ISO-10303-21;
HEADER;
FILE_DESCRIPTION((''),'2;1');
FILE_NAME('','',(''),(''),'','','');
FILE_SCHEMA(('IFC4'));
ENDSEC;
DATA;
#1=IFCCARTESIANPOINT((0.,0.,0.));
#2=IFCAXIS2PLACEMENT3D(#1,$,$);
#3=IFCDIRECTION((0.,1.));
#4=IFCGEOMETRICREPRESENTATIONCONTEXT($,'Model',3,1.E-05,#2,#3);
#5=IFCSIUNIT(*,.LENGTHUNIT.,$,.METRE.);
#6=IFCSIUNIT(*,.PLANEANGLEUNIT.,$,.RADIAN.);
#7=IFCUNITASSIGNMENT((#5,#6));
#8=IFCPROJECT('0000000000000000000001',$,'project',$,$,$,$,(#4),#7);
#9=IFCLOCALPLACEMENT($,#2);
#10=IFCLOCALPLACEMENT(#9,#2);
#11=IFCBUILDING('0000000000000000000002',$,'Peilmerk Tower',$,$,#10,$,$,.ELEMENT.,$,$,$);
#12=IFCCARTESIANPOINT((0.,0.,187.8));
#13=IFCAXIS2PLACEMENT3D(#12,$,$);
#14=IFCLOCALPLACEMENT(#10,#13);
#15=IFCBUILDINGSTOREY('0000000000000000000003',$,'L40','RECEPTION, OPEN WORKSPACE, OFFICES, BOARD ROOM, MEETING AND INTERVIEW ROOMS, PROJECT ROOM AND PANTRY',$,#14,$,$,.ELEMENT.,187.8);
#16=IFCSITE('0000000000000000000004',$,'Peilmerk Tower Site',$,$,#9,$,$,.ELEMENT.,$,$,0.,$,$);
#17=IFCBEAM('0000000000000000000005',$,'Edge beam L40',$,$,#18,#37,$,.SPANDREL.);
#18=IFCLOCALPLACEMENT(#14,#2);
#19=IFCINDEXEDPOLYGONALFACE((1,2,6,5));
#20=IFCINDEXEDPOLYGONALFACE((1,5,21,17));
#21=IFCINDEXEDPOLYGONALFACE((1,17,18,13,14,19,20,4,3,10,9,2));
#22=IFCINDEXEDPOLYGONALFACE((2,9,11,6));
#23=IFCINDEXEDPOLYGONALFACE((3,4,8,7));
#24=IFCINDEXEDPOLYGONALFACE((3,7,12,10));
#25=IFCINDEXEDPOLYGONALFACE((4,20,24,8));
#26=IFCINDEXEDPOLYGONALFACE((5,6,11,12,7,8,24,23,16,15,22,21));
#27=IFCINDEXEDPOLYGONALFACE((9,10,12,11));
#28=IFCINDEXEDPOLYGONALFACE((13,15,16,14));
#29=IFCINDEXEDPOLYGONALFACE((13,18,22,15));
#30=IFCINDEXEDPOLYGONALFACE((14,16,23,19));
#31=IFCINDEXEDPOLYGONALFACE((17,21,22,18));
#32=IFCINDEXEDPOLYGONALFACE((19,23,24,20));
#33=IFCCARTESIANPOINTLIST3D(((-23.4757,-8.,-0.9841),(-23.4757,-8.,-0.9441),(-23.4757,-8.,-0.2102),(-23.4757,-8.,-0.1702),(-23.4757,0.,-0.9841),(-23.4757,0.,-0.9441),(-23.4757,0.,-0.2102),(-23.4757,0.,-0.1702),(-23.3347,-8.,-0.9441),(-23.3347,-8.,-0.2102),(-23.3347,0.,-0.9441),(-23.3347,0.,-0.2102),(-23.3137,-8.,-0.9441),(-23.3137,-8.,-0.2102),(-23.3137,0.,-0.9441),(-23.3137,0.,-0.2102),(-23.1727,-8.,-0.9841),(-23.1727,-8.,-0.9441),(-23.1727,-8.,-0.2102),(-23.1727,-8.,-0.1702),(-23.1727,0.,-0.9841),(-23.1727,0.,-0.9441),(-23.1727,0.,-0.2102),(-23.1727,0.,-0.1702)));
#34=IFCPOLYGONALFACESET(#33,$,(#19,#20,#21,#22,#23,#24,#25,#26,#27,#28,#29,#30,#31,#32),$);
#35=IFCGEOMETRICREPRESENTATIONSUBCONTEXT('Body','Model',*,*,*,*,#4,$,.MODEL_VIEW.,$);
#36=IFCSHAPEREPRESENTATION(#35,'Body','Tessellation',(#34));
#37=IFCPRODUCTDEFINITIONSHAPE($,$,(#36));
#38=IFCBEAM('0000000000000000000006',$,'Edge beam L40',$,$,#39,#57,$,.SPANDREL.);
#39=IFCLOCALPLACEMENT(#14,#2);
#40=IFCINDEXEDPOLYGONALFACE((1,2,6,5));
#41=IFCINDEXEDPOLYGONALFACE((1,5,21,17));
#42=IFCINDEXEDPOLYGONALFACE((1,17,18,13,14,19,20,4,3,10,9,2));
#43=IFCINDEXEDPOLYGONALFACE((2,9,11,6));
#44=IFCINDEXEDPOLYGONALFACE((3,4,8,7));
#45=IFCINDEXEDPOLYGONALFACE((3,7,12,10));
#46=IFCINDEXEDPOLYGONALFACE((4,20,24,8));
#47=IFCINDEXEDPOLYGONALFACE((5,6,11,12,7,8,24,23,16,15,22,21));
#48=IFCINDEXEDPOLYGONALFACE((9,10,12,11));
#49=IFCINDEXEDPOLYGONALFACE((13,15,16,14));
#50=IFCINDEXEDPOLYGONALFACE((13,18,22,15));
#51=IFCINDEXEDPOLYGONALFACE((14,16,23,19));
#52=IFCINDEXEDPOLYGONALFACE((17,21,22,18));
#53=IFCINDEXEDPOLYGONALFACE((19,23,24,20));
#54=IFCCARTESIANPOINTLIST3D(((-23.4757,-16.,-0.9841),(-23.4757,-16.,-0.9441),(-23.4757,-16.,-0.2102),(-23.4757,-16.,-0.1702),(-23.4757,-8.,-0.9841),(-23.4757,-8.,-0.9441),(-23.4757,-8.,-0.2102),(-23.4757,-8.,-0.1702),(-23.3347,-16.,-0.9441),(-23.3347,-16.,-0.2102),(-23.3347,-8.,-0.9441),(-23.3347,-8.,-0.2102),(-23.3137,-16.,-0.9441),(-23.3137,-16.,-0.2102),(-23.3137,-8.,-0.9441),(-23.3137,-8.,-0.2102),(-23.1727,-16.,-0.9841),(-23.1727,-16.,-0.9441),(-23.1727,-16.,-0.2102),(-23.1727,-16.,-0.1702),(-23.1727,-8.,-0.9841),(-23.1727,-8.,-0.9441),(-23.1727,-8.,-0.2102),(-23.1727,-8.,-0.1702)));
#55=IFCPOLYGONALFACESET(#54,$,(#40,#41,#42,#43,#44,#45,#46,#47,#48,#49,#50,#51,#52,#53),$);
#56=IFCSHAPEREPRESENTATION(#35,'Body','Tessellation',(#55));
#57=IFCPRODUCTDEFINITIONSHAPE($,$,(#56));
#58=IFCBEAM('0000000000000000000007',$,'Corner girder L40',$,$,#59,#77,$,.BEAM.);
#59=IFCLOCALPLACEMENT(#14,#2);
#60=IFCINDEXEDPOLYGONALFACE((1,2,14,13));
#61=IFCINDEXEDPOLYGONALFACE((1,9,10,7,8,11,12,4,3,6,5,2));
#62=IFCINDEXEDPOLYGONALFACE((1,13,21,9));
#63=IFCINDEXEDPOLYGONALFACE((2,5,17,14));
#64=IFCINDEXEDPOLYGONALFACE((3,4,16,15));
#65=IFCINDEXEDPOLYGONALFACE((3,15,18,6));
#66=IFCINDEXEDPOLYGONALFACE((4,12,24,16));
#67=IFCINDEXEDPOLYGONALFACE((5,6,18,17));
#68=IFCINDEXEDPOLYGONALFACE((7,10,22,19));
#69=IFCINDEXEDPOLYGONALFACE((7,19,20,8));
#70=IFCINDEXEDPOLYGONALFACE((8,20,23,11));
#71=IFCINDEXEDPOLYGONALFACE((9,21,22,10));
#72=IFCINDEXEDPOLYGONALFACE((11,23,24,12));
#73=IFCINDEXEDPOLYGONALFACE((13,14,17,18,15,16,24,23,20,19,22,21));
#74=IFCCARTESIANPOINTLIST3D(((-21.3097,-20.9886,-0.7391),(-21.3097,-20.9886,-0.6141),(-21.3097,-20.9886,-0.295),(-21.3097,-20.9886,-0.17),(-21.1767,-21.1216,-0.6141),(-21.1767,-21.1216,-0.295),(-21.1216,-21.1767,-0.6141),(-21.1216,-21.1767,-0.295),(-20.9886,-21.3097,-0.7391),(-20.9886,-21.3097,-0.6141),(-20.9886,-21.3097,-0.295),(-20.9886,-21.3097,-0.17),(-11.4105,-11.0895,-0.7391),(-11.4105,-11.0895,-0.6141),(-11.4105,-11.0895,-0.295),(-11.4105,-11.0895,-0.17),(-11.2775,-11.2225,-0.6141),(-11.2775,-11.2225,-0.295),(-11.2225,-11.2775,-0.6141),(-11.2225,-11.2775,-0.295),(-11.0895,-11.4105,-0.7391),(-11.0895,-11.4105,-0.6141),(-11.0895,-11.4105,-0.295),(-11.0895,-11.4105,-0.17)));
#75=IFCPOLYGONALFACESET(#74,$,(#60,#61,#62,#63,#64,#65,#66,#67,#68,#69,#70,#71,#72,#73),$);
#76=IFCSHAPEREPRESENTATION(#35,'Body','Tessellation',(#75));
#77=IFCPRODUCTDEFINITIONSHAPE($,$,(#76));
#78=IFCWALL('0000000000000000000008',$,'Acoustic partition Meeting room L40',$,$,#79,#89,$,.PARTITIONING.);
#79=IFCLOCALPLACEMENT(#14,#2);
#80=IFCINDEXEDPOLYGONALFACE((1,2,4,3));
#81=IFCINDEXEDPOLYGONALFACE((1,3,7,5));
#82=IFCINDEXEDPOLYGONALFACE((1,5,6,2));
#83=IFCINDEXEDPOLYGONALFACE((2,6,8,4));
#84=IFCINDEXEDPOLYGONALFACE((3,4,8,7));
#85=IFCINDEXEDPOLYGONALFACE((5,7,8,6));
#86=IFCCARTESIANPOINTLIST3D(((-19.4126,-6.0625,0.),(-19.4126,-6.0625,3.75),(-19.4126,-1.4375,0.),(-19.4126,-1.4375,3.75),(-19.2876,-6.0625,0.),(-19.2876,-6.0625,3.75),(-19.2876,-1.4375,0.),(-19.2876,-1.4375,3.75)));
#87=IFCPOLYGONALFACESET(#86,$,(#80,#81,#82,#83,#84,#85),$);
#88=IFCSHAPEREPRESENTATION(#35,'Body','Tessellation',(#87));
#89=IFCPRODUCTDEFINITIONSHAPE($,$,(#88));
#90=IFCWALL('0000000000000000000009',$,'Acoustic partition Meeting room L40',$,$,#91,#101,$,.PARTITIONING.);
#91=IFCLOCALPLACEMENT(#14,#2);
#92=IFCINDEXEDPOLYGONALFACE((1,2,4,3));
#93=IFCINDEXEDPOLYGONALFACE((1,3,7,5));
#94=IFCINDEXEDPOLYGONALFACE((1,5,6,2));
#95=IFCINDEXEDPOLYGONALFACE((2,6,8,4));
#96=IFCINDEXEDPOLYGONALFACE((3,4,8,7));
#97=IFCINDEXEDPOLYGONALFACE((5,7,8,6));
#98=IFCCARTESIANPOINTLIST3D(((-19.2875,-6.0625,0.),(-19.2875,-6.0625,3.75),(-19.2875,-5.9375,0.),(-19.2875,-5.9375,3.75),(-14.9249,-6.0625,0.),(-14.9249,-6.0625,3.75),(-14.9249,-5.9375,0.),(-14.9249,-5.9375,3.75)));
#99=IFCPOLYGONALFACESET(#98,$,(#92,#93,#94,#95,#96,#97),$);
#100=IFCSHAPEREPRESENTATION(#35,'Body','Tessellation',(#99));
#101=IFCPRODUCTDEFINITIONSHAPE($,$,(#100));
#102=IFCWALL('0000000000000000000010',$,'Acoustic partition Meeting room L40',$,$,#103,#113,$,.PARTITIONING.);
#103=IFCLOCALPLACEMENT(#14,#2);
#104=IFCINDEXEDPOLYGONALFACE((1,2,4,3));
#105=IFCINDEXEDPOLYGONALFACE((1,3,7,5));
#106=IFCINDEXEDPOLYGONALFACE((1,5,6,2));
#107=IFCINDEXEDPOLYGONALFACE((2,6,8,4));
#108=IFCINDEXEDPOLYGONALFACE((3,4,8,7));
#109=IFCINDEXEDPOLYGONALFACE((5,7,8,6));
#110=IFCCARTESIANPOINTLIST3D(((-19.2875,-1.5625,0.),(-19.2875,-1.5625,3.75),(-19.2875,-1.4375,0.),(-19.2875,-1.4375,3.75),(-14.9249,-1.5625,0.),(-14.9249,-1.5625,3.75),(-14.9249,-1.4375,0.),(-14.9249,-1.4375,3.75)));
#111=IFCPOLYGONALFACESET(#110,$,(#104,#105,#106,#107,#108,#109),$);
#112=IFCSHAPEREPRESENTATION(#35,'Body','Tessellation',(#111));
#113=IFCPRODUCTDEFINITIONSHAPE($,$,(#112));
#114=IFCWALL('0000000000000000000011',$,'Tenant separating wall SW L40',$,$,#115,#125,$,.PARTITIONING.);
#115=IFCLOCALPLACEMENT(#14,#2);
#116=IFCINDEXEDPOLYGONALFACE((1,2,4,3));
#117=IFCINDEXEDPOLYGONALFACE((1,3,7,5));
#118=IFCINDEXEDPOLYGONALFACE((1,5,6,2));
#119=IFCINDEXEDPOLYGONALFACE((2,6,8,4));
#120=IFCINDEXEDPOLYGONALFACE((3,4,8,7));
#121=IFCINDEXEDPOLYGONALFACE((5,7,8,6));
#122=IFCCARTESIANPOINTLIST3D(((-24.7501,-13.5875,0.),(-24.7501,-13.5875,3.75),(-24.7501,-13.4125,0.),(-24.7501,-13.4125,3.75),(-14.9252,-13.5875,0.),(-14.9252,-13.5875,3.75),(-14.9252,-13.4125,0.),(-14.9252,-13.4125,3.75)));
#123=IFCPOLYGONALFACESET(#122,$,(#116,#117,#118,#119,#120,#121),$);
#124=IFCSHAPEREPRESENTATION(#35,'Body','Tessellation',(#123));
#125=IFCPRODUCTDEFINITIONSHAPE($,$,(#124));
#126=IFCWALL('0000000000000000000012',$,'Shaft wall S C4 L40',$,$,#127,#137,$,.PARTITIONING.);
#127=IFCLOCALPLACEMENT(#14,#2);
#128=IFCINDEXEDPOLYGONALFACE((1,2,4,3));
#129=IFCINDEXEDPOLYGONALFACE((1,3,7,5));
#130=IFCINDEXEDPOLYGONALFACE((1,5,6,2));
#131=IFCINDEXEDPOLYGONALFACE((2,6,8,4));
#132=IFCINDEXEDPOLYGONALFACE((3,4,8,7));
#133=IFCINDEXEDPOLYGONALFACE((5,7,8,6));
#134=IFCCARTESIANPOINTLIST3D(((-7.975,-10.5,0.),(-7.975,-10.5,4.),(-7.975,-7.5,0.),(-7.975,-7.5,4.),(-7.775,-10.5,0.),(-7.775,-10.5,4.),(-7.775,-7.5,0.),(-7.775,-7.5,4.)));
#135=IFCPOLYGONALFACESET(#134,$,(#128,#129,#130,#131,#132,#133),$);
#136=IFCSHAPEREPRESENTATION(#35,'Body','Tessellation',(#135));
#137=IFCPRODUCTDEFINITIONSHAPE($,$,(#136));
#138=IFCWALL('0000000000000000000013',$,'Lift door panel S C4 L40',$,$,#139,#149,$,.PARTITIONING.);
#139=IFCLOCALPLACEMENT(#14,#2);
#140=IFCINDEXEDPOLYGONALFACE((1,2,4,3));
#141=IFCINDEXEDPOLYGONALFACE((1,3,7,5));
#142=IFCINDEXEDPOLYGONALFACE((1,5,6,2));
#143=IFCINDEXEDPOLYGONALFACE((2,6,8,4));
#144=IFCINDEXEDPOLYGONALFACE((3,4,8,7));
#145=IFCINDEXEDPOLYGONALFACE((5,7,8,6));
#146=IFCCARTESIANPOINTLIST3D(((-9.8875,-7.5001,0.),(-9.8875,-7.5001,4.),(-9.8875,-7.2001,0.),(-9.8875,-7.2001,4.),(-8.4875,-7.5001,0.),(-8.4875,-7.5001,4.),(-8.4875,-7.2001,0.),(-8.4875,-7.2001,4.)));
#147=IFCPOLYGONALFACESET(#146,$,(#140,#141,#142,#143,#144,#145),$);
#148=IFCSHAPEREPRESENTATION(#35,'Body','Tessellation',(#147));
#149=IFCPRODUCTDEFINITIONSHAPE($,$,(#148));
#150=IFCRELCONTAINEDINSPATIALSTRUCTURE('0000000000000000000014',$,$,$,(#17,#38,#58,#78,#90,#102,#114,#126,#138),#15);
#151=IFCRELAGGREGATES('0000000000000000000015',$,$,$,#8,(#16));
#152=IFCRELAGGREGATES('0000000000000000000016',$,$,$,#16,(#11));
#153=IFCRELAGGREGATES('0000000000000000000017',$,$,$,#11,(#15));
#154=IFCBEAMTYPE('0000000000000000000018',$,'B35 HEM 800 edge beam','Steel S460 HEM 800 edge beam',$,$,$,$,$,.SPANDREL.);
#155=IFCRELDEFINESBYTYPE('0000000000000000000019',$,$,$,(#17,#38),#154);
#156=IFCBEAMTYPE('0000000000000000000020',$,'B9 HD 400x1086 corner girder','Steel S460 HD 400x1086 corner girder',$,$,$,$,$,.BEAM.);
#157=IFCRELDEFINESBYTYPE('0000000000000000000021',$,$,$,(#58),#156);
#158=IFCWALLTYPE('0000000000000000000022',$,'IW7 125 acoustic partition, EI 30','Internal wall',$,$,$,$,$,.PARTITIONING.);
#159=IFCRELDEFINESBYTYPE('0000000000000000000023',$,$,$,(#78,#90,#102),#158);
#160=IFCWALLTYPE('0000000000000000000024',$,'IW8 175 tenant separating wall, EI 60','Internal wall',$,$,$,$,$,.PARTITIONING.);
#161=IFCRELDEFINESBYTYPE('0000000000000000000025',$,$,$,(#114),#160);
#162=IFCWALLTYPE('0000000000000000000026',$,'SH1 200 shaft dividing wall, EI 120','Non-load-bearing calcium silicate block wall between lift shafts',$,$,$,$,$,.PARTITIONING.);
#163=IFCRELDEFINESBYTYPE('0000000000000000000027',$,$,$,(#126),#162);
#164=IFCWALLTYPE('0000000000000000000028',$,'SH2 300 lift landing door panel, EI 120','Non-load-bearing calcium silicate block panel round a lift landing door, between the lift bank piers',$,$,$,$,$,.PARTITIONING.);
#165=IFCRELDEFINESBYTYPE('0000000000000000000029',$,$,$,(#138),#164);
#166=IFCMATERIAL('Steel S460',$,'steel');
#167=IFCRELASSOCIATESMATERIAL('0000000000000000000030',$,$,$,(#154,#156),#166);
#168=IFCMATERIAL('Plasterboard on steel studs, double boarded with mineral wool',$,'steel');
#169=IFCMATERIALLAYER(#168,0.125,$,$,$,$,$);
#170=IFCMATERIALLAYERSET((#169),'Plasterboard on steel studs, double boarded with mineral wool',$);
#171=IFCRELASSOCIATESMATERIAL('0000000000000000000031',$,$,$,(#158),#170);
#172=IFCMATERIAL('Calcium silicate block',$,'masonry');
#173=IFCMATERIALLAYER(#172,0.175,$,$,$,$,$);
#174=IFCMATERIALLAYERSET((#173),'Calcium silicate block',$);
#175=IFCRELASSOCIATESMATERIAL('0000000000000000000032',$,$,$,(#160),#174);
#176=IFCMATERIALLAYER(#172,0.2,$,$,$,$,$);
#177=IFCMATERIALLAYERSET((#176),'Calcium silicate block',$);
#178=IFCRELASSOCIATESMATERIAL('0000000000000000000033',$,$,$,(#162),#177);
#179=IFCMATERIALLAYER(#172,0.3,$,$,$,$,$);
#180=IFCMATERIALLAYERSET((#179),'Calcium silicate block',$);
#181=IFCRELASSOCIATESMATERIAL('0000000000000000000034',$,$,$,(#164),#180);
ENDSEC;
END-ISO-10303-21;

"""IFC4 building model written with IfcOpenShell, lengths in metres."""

from ifc_helpers import new_model, si_unit, direction, frame, frame_2d, origin, origin_2d, place, context, subcontext, project, spatial, rectangle, i_section, extrude, material, layer, layer_set, material_profile, profile_set, type_object, element, save


model = new_model("IFC4")

# Units and contexts
model_context = context("Model", 3, precision=1e-05, world=origin(), true_north=direction((0.0, 1.0)))
body_context = subcontext(model_context, "Body", "Model", "MODEL_VIEW")
ifc_project = project(units=[si_unit("LENGTHUNIT", "METRE"), si_unit("PLANEANGLEUNIT", "RADIAN")], contexts=[model_context])

# Site, building, storey
site_placement = place(None, origin())
site = spatial("IfcSite", under=ifc_project, at=site_placement, Name="Peilmerk Tower Site", CompositionType="ELEMENT", RefElevation=0.0)
building_placement = place(site_placement, origin())
building = spatial("IfcBuilding", under=site, at=building_placement, Name="Peilmerk Tower", CompositionType="ELEMENT")
storey_placement = place(building_placement, frame((0.0, 0.0, 187.8)))
storey = spatial("IfcBuildingStorey", under=building, at=storey_placement, Name="L40", Description="RECEPTION, OPEN WORKSPACE, OFFICES, BOARD ROOM, MEETING AND INTERVIEW ROOMS, PROJECT ROOM AND PANTRY", CompositionType="ELEMENT", Elevation=187.8)

# Shared definitions
ifc_material_1 = material(Name="Steel S460", Category="steel")

# Beams
ifc_material_profile_1 = material_profile(ifc_material_1, i_section(OverallWidth=0.303, OverallDepth=0.814, WebThickness=0.021, FlangeThickness=0.04, at=origin_2d()), Name="HEM 800")
ifc_profile_set_1 = profile_set([ifc_material_profile_1], Name="Steel S460")
beam_type_1 = type_object("IfcBeamType", Name="B35 HEM 800 edge beam", Description="Steel S460 HEM 800 edge beam", PredefinedType="SPANDREL", material=ifc_profile_set_1)
for number, where, z_axis, x_axis, name in (
    (1, (-23.3242, 0.0, -0.5771), (0.0, -1.0, 0.0), (1.0, 0.0, 0.0), "Edge beam L40"),
    (2, (-23.3242, -8.0, -0.5771), (0.0, -1.0, 0.0), (1.0, 0.0, 0.0), "Edge beam L40"),
):
    element("IfcBeam", number, at=place(storey_placement, frame(where, z_axis=z_axis, x_axis=x_axis)), inside=storey, type_object=beam_type_1, Name=name, PredefinedType="SPANDREL", context=body_context, shape_type="SweptSolid", body=[
        extrude(i_section(OverallWidth=0.303, OverallDepth=0.814, WebThickness=0.021, FlangeThickness=0.04, at=origin_2d()), origin(), (0.0, 0.0, 1.0), 8.0),
    ])
ifc_material_profile_2 = material_profile(ifc_material_1, i_section(OverallWidth=0.4541, OverallDepth=0.5691, WebThickness=0.0779, FlangeThickness=0.125, at=origin_2d()), Name="HD 400x1086")
ifc_profile_set_2 = profile_set([ifc_material_profile_2], Name="Steel S460")
beam_type_2 = type_object("IfcBeamType", Name="B9 HD 400x1086 corner girder", Description="Steel S460 HD 400x1086 corner girder", PredefinedType="BEAM", material=ifc_profile_set_2)
beam_placement = place(storey_placement, frame((-11.25, -11.25, -0.4546), z_axis=(-0.707107, -0.707107, 0.0), x_axis=(0.707107, -0.707107, 0.0)))
element("IfcBeam", 3, at=beam_placement, inside=storey, type_object=beam_type_2, Name="Corner girder L40", PredefinedType="BEAM", context=body_context, shape_type="SweptSolid", body=[
    extrude(i_section(OverallWidth=0.4541, OverallDepth=0.5691, WebThickness=0.0779, FlangeThickness=0.125, at=origin_2d()), origin(), (0.0, 0.0, 1.0), 13.9995),
])

# Walls
ifc_material_2 = material(Name="Plasterboard on steel studs, double boarded with mineral wool", Category="steel")
ifc_layer_1 = layer(ifc_material_2, 0.125)
ifc_layer_set_1 = layer_set([ifc_layer_1], Name="Plasterboard on steel studs, double boarded with mineral wool")
wall_type_1 = type_object("IfcWallType", Name="IW7 125 acoustic partition, EI 30", Description="Internal wall", PredefinedType="PARTITIONING", material=ifc_layer_set_1)
wall_1_placement = place(storey_placement, frame((-19.3501, -6.0625, 0.0), z_axis=(0.0, 0.0, 1.0), x_axis=(0.0, 1.0, 0.0)))
element("IfcWall", 4, at=wall_1_placement, inside=storey, type_object=wall_type_1, Name="Acoustic partition Meeting room L40", PredefinedType="PARTITIONING", context=body_context, shape_type="SweptSolid", body=[
    extrude(rectangle(XDim=4.625, YDim=0.125, at=frame_2d((2.3125, 0.0))), origin(), (0.0, 0.0, 1.0), 3.75),
])
for number, where, z_axis, x_axis, name in (
    (5, (-14.925, -6.0, 0.0), (0.0, 0.0, 1.0), (-1.0, 0.0, 0.0), "Acoustic partition Meeting room L40"),
    (6, (-14.925, -1.5, 0.0), (0.0, 0.0, 1.0), (-1.0, 0.0, 0.0), "Acoustic partition Meeting room L40"),
):
    element("IfcWall", number, at=place(storey_placement, frame(where, z_axis=z_axis, x_axis=x_axis)), inside=storey, type_object=wall_type_1, Name=name, PredefinedType="PARTITIONING", context=body_context, shape_type="SweptSolid", body=[
        extrude(rectangle(XDim=4.3625, YDim=0.125, at=frame_2d((2.1812, 0.0))), origin(), (0.0, 0.0, 1.0), 3.75),
    ])
ifc_material_3 = material(Name="Calcium silicate block", Category="masonry")
ifc_layer_2 = layer(ifc_material_3, 0.175)
ifc_layer_set_2 = layer_set([ifc_layer_2], Name="Calcium silicate block")
wall_type_2 = type_object("IfcWallType", Name="IW8 175 tenant separating wall, EI 60", Description="Internal wall", PredefinedType="PARTITIONING", material=ifc_layer_set_2)
wall_2_placement = place(storey_placement, frame((-14.925, -13.5, 0.0), z_axis=(0.0, 0.0, 1.0), x_axis=(-1.0, 0.0, 0.0)))
element("IfcWall", 7, at=wall_2_placement, inside=storey, type_object=wall_type_2, Name="Tenant separating wall SW L40", PredefinedType="PARTITIONING", context=body_context, shape_type="SweptSolid", body=[
    extrude(rectangle(XDim=9.825, YDim=0.175, at=frame_2d((4.9126, 0.0))), origin(), (0.0, 0.0, 1.0), 3.75),
])
ifc_layer_3 = layer(ifc_material_3, 0.2)
ifc_layer_set_3 = layer_set([ifc_layer_3], Name="Calcium silicate block")
wall_type_3 = type_object("IfcWallType", Name="SH1 200 shaft dividing wall, EI 120", Description="Non-load-bearing calcium silicate block wall between lift shafts", PredefinedType="PARTITIONING", material=ifc_layer_set_3)
wall_3_placement = place(storey_placement, frame((-7.875, -10.5, 0.0), z_axis=(0.0, 0.0, 1.0), x_axis=(0.0, 1.0, 0.0)))
element("IfcWall", 8, at=wall_3_placement, inside=storey, type_object=wall_type_3, Name="Shaft wall S C4 L40", PredefinedType="PARTITIONING", context=body_context, shape_type="SweptSolid", body=[
    extrude(rectangle(XDim=3.0, YDim=0.2, at=frame_2d((1.5, 0.0))), origin(), (0.0, 0.0, 1.0), 4.0),
])
ifc_layer_4 = layer(ifc_material_3, 0.3)
ifc_layer_set_4 = layer_set([ifc_layer_4], Name="Calcium silicate block")
wall_type_4 = type_object("IfcWallType", Name="SH2 300 lift landing door panel, EI 120", Description="Non-load-bearing calcium silicate block panel round a lift landing door, between the lift bank piers", PredefinedType="PARTITIONING", material=ifc_layer_set_4)
wall_4_placement = place(storey_placement, frame((-9.8875, -7.3501, 0.0), z_axis=(0.0, 0.0, 1.0), x_axis=(1.0, 0.0, 0.0)))
element("IfcWall", 9, at=wall_4_placement, inside=storey, type_object=wall_type_4, Name="Lift door panel S C4 L40", PredefinedType="PARTITIONING", context=body_context, shape_type="SweptSolid", body=[
    extrude(rectangle(XDim=1.3999, YDim=0.3, at=frame_2d((0.7, 0.0))), origin(), (0.0, 0.0, 1.0), 4.0),
])

save(model, "model.ifc")
